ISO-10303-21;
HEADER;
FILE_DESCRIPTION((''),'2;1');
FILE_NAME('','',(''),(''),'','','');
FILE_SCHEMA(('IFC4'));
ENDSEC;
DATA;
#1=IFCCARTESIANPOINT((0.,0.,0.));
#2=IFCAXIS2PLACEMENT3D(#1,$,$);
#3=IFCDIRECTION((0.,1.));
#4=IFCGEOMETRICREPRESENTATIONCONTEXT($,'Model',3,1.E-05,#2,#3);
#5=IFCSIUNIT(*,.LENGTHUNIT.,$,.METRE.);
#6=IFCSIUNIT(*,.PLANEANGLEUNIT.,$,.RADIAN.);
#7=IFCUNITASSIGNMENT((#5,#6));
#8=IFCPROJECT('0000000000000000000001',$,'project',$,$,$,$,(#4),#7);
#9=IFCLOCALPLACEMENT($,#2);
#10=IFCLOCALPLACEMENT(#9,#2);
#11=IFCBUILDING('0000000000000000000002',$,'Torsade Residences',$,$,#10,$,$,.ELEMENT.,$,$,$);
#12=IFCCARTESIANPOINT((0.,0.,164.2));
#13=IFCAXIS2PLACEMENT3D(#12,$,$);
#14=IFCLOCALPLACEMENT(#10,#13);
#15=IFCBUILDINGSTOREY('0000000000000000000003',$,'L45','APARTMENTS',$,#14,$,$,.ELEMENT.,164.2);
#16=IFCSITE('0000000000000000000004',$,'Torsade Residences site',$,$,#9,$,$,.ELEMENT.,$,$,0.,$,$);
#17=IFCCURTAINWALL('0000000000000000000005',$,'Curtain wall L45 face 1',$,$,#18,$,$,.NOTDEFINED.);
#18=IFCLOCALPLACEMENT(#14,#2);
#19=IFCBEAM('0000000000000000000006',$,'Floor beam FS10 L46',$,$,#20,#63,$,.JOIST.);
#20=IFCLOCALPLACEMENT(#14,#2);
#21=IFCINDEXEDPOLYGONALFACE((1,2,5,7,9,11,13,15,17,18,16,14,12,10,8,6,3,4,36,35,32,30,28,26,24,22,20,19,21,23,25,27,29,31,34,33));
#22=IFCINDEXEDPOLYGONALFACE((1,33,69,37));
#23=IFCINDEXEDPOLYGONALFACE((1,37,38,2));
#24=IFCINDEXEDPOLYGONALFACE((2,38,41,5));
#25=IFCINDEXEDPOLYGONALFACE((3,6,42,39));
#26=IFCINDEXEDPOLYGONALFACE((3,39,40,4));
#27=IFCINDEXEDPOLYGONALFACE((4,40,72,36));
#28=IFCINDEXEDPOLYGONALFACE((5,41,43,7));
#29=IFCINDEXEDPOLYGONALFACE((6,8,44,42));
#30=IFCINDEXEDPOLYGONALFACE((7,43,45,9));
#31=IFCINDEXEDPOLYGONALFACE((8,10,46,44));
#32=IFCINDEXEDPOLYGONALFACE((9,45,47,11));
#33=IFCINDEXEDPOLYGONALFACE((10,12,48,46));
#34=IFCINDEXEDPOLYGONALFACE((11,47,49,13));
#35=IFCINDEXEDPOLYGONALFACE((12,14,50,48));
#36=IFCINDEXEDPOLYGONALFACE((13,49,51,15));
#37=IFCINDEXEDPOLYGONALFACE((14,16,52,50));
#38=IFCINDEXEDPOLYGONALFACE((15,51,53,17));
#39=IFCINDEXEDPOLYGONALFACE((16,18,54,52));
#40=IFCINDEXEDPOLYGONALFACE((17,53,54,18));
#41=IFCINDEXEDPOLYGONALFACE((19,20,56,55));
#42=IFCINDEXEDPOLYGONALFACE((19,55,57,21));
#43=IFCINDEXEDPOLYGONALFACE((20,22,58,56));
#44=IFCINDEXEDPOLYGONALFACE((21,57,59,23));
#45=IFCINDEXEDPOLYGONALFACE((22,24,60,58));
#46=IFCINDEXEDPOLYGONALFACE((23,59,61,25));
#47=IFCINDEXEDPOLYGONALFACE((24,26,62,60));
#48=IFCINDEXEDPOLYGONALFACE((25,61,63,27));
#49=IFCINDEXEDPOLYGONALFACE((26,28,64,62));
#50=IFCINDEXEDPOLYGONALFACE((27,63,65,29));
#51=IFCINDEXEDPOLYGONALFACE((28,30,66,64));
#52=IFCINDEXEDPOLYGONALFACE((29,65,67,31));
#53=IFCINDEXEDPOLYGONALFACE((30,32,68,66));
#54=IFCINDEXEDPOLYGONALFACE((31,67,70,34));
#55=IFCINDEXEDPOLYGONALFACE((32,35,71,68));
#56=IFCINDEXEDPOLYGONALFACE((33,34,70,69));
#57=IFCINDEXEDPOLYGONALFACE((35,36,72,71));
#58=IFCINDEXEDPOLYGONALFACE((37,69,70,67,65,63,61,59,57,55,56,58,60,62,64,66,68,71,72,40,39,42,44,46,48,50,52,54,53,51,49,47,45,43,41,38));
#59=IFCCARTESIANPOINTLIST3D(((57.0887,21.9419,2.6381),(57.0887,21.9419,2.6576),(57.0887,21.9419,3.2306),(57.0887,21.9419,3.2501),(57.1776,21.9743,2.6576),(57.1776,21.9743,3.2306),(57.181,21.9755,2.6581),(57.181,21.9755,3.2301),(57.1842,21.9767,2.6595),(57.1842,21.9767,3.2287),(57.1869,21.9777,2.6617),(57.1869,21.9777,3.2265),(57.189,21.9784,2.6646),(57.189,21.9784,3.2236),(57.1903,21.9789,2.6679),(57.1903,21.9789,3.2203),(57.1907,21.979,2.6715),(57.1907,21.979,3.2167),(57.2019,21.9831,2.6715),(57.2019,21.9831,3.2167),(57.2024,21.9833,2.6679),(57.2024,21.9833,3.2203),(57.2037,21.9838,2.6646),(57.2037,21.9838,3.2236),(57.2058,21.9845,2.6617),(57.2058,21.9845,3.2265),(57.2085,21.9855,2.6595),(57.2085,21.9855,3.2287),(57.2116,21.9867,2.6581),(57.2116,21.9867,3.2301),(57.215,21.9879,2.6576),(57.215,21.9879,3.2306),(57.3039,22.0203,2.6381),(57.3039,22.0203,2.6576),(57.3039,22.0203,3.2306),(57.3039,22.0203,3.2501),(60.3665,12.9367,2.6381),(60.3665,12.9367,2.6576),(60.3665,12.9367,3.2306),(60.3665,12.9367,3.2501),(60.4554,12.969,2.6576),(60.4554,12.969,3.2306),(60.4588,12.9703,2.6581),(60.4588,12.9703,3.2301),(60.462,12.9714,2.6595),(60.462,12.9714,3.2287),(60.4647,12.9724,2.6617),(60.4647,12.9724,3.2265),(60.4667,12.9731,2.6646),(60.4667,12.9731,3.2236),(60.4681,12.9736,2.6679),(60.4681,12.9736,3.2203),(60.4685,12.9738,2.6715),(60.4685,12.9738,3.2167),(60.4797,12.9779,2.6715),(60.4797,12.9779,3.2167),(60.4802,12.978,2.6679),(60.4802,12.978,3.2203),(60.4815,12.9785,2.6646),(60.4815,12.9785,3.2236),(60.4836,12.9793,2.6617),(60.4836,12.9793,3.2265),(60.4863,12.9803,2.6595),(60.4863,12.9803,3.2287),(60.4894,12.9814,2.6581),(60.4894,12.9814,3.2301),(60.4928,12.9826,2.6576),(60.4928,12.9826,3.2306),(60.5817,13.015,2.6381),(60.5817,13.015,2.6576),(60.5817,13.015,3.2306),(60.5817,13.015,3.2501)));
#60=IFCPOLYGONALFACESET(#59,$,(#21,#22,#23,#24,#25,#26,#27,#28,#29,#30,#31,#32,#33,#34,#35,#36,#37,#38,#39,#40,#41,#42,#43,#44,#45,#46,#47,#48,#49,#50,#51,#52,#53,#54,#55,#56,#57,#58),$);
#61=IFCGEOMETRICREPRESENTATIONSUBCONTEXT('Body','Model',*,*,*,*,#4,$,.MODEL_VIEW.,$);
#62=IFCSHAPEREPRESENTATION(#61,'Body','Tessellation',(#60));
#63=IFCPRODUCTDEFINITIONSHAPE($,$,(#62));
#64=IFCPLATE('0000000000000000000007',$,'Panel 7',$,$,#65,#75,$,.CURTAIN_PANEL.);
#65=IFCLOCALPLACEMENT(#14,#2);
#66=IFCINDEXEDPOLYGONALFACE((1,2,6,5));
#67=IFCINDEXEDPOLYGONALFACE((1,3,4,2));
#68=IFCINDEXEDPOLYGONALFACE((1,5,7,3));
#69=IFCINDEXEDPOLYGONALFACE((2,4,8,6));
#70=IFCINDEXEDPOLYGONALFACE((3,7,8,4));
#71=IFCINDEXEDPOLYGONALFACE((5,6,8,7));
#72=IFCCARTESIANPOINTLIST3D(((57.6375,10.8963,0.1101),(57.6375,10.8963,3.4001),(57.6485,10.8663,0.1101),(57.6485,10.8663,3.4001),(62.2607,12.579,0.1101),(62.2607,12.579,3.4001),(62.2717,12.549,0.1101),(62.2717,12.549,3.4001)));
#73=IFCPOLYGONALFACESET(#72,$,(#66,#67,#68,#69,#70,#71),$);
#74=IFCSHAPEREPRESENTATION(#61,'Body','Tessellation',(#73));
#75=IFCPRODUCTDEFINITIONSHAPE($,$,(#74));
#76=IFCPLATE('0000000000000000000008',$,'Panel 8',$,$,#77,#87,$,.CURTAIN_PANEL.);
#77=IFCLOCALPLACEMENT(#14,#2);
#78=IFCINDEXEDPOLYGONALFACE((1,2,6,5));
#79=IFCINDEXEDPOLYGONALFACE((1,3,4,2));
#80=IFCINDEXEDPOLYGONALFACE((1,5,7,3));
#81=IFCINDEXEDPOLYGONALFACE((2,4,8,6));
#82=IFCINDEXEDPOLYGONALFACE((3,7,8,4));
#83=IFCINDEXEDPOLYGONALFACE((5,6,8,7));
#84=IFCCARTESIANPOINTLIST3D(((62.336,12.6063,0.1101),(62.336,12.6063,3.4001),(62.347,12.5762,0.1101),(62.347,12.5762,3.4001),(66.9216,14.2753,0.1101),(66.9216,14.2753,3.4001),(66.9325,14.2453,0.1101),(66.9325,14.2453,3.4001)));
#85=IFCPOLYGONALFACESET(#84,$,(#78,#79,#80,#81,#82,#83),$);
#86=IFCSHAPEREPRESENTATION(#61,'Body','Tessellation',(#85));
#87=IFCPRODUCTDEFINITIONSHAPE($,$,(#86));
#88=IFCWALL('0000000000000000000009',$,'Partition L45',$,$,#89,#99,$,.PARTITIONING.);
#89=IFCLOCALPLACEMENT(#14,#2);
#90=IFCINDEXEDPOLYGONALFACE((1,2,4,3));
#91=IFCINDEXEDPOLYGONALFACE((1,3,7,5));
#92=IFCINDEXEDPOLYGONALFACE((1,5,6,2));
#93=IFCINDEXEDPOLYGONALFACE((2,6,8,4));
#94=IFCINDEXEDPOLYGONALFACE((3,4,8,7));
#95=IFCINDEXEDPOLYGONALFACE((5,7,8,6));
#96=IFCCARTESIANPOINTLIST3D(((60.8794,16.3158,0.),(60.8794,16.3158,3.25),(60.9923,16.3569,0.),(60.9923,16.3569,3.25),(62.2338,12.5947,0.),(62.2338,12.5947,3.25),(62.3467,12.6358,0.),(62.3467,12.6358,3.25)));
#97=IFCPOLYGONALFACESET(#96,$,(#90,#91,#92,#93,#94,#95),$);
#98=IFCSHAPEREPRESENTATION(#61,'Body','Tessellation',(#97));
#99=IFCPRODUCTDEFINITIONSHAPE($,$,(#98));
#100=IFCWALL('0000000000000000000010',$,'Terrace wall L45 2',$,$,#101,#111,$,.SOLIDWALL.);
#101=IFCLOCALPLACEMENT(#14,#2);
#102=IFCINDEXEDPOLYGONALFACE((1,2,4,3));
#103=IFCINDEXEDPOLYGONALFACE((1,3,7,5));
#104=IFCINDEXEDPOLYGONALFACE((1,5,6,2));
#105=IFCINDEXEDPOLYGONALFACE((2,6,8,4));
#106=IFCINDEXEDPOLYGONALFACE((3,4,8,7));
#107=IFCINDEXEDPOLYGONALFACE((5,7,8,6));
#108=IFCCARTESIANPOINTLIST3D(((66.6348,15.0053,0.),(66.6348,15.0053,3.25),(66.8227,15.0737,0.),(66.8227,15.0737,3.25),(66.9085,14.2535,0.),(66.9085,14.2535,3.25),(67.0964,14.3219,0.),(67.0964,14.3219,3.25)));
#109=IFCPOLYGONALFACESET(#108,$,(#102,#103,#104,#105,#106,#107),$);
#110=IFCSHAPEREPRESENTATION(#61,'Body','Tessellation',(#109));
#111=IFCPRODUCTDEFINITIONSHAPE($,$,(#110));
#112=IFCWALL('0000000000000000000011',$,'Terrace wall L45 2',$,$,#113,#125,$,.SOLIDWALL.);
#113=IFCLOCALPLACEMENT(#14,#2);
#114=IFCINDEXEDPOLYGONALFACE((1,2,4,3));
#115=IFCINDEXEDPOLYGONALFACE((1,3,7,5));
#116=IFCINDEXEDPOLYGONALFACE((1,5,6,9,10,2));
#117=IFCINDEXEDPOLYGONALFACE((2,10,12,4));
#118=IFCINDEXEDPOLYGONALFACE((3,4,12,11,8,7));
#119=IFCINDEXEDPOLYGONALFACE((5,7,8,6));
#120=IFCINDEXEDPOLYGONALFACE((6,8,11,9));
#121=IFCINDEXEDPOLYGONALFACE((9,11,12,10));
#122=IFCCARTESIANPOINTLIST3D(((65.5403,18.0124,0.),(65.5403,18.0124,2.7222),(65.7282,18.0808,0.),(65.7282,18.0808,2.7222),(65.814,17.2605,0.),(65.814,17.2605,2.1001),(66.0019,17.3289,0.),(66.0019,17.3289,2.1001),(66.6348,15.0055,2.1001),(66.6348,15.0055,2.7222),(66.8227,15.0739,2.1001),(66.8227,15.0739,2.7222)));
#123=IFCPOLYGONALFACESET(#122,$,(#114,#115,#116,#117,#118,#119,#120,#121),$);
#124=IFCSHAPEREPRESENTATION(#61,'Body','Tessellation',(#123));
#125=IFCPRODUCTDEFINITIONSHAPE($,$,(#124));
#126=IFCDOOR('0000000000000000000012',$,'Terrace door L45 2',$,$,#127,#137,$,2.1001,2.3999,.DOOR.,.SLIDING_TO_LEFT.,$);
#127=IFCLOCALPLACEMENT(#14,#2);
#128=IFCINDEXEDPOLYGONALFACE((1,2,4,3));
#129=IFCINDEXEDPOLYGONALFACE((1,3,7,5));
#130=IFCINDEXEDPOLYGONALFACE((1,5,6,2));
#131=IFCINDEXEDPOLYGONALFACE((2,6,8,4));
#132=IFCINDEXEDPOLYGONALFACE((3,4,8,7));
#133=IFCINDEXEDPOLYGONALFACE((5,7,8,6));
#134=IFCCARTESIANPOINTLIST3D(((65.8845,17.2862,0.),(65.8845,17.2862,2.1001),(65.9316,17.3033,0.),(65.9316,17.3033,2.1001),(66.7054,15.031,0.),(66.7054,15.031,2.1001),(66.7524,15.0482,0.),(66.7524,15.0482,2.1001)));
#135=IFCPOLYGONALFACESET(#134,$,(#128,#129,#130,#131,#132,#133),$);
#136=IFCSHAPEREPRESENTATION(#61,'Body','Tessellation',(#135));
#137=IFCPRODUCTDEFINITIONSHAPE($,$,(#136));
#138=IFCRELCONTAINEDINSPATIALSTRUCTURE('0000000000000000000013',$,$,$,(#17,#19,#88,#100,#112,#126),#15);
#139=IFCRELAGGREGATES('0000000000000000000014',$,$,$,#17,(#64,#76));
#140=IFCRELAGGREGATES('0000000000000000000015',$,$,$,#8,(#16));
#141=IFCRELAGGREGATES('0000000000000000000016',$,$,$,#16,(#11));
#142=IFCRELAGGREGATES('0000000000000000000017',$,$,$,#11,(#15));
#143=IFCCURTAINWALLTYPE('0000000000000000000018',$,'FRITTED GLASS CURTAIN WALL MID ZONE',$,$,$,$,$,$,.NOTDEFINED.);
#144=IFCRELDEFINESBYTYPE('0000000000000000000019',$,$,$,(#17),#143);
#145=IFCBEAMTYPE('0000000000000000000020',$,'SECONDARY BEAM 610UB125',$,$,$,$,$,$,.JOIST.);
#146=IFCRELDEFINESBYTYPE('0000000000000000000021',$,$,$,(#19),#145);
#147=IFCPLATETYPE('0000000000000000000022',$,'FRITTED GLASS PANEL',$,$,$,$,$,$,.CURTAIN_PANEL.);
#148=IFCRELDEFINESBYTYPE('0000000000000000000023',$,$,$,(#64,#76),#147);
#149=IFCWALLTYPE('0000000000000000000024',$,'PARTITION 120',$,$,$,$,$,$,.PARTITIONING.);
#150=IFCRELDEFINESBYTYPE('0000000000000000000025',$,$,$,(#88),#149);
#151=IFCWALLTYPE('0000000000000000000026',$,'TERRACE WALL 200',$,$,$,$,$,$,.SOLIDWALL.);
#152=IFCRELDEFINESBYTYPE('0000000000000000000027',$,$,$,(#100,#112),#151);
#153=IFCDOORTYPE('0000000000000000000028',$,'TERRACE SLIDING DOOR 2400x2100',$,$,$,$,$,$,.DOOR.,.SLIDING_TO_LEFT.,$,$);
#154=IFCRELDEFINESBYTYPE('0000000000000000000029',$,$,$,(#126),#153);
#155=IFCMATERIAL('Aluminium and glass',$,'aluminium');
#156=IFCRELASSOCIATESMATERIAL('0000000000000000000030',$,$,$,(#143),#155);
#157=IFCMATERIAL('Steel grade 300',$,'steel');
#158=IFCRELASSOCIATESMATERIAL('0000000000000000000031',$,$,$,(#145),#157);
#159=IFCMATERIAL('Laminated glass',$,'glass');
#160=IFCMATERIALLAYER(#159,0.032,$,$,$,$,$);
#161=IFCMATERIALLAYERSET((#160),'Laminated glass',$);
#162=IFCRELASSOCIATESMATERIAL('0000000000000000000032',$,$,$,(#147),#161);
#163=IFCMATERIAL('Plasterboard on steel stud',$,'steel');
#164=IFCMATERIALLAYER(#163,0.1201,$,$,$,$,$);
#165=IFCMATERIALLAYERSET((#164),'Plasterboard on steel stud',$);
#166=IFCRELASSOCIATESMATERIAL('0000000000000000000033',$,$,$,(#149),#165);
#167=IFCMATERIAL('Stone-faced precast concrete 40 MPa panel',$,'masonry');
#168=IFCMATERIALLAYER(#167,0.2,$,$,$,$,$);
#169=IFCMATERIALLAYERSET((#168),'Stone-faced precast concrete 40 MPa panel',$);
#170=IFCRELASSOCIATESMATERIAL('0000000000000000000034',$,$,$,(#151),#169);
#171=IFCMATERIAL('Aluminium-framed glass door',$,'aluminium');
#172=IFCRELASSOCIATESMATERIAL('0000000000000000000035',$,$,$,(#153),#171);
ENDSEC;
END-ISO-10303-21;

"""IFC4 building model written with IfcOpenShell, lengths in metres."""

from ifc_helpers import new_model, si_unit, direction, frame, frame_2d, origin, origin_2d, place, context, subcontext, project, spatial, rectangle, i_section, extrude, material, layer, layer_set, material_profile, profile_set, type_object, element, fill, aggregate, save


model = new_model("IFC4")

# Units and contexts
model_context = context("Model", 3, precision=1e-05, world=origin(), true_north=direction((0.0, 1.0)))
body_context = subcontext(model_context, "Body", "Model", "MODEL_VIEW")
ifc_project = project(units=[si_unit("LENGTHUNIT", "METRE"), si_unit("PLANEANGLEUNIT", "RADIAN")], contexts=[model_context])

# Site, building, storey
site_placement = place(None, origin())
site = spatial("IfcSite", under=ifc_project, at=site_placement, Name="Torsade Residences site", CompositionType="ELEMENT", RefElevation=0.0)
building_placement = place(site_placement, origin())
building = spatial("IfcBuilding", under=site, at=building_placement, Name="Torsade Residences", CompositionType="ELEMENT")
storey_placement = place(building_placement, frame((0.0, 0.0, 164.2)))
storey = spatial("IfcBuildingStorey", under=building, at=storey_placement, Name="L45", Description="APARTMENTS", CompositionType="ELEMENT", Elevation=164.2)

# Curtain wall
ifc_material_1 = material(Name="Aluminium and glass", Category="aluminium")
curtain_wall_type = type_object("IfcCurtainWallType", Name="FRITTED GLASS CURTAIN WALL MID ZONE", PredefinedType="NOTDEFINED", material=ifc_material_1)
curtain_wall_placement = place(storey_placement, origin())
curtain_wall = element("IfcCurtainWall", 1, at=curtain_wall_placement, inside=storey, type_object=curtain_wall_type, Name="Curtain wall L45 face 1", PredefinedType="NOTDEFINED")

# Beam
ifc_material_2 = material(Name="Steel grade 300", Category="steel")
ifc_material_profile_1 = material_profile(ifc_material_2, i_section(OverallWidth=0.229, OverallDepth=0.6121, WebThickness=0.012, FlangeThickness=0.0195, FilletRadius=0.0139, at=origin_2d()), Name="610UB125")
ifc_profile_set_1 = profile_set([ifc_material_profile_1], Name="Steel grade 300")
beam_type_1 = type_object("IfcBeamType", Name="SECONDARY BEAM 610UB125", PredefinedType="JOIST", material=ifc_profile_set_1)
beam_1_placement = place(storey_placement, frame((60.4741, 12.9758, 2.9441), z_axis=(-0.342034, 0.939688, 0.0), x_axis=(-0.939688, -0.342034, 0.0)))
element("IfcBeam", 2, at=beam_1_placement, inside=storey, type_object=beam_type_1, Name="Floor beam FS10 L46", PredefinedType="JOIST", context=body_context, shape_type="SweptSolid", body=[
    extrude(i_section(OverallWidth=0.229, OverallDepth=0.6121, WebThickness=0.012, FlangeThickness=0.0195, FilletRadius=0.0139, at=origin_2d()), origin(), (0.0, 0.0, 1.0), 9.5833),
])

# Plates
ifc_material_3 = material(Name="Laminated glass", Category="glass")
ifc_layer_1 = layer(ifc_material_3, 0.032)
ifc_layer_set_1 = layer_set([ifc_layer_1], Name="Laminated glass")
plate_type = type_object("IfcPlateType", Name="FRITTED GLASS PANEL", PredefinedType="CURTAIN_PANEL", material=ifc_layer_set_1)
plate_1_placement = place(storey_placement, frame((59.9546, 11.7227, 0.1101), z_axis=(0.0, 0.0, 1.0), x_axis=(0.939693, 0.34202, 0.0)))
plate_1 = element("IfcPlate", 3, at=plate_1_placement, type_object=plate_type, Name="Panel 7", PredefinedType="CURTAIN_PANEL", context=body_context, shape_type="SweptSolid", body=[
    extrude(rectangle(XDim=4.9199, YDim=0.032, at=origin_2d()), origin(), (0.0, 0.0, 1.0), 3.29),
])
plate_2_placement = place(storey_placement, frame((64.6343, 13.4258, 0.1101), z_axis=(0.0, 0.0, 1.0), x_axis=(0.939693, 0.34202, 0.0)))
plate_2 = element("IfcPlate", 4, at=plate_2_placement, type_object=plate_type, Name="Panel 8", PredefinedType="CURTAIN_PANEL", context=body_context, shape_type="SweptSolid", body=[
    extrude(rectangle(XDim=4.8799, YDim=0.032, at=origin_2d()), origin(), (0.0, 0.0, 1.0), 3.29),
])
aggregate(curtain_wall, [plate_1, plate_2])

# Walls
ifc_material_4 = material(Name="Plasterboard on steel stud", Category="steel")
ifc_layer_2 = layer(ifc_material_4, 0.1201)
ifc_layer_set_2 = layer_set([ifc_layer_2], Name="Plasterboard on steel stud")
wall_type_1 = type_object("IfcWallType", Name="PARTITION 120", PredefinedType="PARTITIONING", material=ifc_layer_set_2)
wall_1_placement = place(storey_placement, frame((62.2903, 12.6152, 0.0), z_axis=(0.0, 0.0, 1.0), x_axis=(-0.34204, 0.939685, 0.0)))
element("IfcWall", 5, at=wall_1_placement, inside=storey, type_object=wall_type_1, Name="Partition L45", PredefinedType="PARTITIONING", context=body_context, shape_type="SweptSolid", body=[
    extrude(rectangle(XDim=3.96, YDim=0.1201, at=frame_2d((1.98, 0.0))), origin(), (0.0, 0.0, 1.0), 3.25),
])
ifc_material_5 = material(Name="Stone-faced precast concrete 40 MPa panel", Category="masonry")
ifc_layer_3 = layer(ifc_material_5, 0.2)
ifc_layer_set_3 = layer_set([ifc_layer_3], Name="Stone-faced precast concrete 40 MPa panel")
wall_type_2 = type_object("IfcWallType", Name="TERRACE WALL 200", PredefinedType="SOLIDWALL", material=ifc_layer_set_3)
wall_2_placement = place(storey_placement, frame((67.0024, 14.2878, 0.0), z_axis=(0.0, 0.0, 1.0), x_axis=(-0.342111, 0.93966, 0.0)))
element("IfcWall", 6, at=wall_2_placement, inside=storey, type_object=wall_type_2, Name="Terrace wall L45 2", PredefinedType="SOLIDWALL", context=body_context, shape_type="SweptSolid", body=[
    extrude(rectangle(XDim=0.8, YDim=0.2, at=frame_2d((0.3999, 0.0))), origin(), (0.0, 0.0, 1.0), 3.25),
])

# Wall, opening, door
wall_3_placement = place(storey_placement, frame((66.7288, 15.0396, 0.0), z_axis=(0.0, 0.0, 1.0), x_axis=(-0.342019, 0.939693, 0.0)))
wall_3 = element("IfcWall", 7, at=wall_3_placement, inside=storey, type_object=wall_type_2, Name="Terrace wall L45 2", PredefinedType="SOLIDWALL", context=body_context, shape_type="SweptSolid", body=[
    extrude(rectangle(XDim=3.2, YDim=0.2, at=frame_2d((1.6001, 0.0))), origin(), (0.0, 0.0, 1.0), 2.7222),
])
opening_placement = place(wall_3_placement, origin())
opening = element("IfcOpeningElement", 8, at=opening_placement, cuts=wall_3, PredefinedType="OPENING", context=body_context, shape_type="SweptSolid", body=[
    extrude(rectangle(XDim=2.3999, YDim=2.1001, at=frame_2d((1.2, 1.05))), frame((0.0, 0.1099, 0.0), z_axis=(0.0, -1.0, 0.0), x_axis=(1.0, 0.0, 0.0)), (0.0, 0.0, 1.0), 0.22),
])
ifc_material_6 = material(Name="Aluminium-framed glass door", Category="aluminium")
door_type = type_object("IfcDoorType", Name="TERRACE SLIDING DOOR 2400x2100", OperationType="SLIDING_TO_LEFT", PredefinedType="DOOR", material=ifc_material_6)
door_placement = place(opening_placement, origin())
door = element("IfcDoor", 9, at=door_placement, inside=storey, type_object=door_type, Name="Terrace door L45 2", OperationType="SLIDING_TO_LEFT", OverallHeight=2.1001, OverallWidth=2.3999, PredefinedType="DOOR", context=body_context, shape_type="SweptSolid", body=[
    extrude(rectangle(XDim=2.3999, YDim=2.1001, at=frame_2d((1.2, 1.05))), frame((0.0, 0.0249, 0.0), z_axis=(0.0, -1.0, 0.0), x_axis=(1.0, 0.0, 0.0)), (0.0, 0.0, 1.0), 0.05),
])
fill(opening, door)

save(model, "model.ifc")
